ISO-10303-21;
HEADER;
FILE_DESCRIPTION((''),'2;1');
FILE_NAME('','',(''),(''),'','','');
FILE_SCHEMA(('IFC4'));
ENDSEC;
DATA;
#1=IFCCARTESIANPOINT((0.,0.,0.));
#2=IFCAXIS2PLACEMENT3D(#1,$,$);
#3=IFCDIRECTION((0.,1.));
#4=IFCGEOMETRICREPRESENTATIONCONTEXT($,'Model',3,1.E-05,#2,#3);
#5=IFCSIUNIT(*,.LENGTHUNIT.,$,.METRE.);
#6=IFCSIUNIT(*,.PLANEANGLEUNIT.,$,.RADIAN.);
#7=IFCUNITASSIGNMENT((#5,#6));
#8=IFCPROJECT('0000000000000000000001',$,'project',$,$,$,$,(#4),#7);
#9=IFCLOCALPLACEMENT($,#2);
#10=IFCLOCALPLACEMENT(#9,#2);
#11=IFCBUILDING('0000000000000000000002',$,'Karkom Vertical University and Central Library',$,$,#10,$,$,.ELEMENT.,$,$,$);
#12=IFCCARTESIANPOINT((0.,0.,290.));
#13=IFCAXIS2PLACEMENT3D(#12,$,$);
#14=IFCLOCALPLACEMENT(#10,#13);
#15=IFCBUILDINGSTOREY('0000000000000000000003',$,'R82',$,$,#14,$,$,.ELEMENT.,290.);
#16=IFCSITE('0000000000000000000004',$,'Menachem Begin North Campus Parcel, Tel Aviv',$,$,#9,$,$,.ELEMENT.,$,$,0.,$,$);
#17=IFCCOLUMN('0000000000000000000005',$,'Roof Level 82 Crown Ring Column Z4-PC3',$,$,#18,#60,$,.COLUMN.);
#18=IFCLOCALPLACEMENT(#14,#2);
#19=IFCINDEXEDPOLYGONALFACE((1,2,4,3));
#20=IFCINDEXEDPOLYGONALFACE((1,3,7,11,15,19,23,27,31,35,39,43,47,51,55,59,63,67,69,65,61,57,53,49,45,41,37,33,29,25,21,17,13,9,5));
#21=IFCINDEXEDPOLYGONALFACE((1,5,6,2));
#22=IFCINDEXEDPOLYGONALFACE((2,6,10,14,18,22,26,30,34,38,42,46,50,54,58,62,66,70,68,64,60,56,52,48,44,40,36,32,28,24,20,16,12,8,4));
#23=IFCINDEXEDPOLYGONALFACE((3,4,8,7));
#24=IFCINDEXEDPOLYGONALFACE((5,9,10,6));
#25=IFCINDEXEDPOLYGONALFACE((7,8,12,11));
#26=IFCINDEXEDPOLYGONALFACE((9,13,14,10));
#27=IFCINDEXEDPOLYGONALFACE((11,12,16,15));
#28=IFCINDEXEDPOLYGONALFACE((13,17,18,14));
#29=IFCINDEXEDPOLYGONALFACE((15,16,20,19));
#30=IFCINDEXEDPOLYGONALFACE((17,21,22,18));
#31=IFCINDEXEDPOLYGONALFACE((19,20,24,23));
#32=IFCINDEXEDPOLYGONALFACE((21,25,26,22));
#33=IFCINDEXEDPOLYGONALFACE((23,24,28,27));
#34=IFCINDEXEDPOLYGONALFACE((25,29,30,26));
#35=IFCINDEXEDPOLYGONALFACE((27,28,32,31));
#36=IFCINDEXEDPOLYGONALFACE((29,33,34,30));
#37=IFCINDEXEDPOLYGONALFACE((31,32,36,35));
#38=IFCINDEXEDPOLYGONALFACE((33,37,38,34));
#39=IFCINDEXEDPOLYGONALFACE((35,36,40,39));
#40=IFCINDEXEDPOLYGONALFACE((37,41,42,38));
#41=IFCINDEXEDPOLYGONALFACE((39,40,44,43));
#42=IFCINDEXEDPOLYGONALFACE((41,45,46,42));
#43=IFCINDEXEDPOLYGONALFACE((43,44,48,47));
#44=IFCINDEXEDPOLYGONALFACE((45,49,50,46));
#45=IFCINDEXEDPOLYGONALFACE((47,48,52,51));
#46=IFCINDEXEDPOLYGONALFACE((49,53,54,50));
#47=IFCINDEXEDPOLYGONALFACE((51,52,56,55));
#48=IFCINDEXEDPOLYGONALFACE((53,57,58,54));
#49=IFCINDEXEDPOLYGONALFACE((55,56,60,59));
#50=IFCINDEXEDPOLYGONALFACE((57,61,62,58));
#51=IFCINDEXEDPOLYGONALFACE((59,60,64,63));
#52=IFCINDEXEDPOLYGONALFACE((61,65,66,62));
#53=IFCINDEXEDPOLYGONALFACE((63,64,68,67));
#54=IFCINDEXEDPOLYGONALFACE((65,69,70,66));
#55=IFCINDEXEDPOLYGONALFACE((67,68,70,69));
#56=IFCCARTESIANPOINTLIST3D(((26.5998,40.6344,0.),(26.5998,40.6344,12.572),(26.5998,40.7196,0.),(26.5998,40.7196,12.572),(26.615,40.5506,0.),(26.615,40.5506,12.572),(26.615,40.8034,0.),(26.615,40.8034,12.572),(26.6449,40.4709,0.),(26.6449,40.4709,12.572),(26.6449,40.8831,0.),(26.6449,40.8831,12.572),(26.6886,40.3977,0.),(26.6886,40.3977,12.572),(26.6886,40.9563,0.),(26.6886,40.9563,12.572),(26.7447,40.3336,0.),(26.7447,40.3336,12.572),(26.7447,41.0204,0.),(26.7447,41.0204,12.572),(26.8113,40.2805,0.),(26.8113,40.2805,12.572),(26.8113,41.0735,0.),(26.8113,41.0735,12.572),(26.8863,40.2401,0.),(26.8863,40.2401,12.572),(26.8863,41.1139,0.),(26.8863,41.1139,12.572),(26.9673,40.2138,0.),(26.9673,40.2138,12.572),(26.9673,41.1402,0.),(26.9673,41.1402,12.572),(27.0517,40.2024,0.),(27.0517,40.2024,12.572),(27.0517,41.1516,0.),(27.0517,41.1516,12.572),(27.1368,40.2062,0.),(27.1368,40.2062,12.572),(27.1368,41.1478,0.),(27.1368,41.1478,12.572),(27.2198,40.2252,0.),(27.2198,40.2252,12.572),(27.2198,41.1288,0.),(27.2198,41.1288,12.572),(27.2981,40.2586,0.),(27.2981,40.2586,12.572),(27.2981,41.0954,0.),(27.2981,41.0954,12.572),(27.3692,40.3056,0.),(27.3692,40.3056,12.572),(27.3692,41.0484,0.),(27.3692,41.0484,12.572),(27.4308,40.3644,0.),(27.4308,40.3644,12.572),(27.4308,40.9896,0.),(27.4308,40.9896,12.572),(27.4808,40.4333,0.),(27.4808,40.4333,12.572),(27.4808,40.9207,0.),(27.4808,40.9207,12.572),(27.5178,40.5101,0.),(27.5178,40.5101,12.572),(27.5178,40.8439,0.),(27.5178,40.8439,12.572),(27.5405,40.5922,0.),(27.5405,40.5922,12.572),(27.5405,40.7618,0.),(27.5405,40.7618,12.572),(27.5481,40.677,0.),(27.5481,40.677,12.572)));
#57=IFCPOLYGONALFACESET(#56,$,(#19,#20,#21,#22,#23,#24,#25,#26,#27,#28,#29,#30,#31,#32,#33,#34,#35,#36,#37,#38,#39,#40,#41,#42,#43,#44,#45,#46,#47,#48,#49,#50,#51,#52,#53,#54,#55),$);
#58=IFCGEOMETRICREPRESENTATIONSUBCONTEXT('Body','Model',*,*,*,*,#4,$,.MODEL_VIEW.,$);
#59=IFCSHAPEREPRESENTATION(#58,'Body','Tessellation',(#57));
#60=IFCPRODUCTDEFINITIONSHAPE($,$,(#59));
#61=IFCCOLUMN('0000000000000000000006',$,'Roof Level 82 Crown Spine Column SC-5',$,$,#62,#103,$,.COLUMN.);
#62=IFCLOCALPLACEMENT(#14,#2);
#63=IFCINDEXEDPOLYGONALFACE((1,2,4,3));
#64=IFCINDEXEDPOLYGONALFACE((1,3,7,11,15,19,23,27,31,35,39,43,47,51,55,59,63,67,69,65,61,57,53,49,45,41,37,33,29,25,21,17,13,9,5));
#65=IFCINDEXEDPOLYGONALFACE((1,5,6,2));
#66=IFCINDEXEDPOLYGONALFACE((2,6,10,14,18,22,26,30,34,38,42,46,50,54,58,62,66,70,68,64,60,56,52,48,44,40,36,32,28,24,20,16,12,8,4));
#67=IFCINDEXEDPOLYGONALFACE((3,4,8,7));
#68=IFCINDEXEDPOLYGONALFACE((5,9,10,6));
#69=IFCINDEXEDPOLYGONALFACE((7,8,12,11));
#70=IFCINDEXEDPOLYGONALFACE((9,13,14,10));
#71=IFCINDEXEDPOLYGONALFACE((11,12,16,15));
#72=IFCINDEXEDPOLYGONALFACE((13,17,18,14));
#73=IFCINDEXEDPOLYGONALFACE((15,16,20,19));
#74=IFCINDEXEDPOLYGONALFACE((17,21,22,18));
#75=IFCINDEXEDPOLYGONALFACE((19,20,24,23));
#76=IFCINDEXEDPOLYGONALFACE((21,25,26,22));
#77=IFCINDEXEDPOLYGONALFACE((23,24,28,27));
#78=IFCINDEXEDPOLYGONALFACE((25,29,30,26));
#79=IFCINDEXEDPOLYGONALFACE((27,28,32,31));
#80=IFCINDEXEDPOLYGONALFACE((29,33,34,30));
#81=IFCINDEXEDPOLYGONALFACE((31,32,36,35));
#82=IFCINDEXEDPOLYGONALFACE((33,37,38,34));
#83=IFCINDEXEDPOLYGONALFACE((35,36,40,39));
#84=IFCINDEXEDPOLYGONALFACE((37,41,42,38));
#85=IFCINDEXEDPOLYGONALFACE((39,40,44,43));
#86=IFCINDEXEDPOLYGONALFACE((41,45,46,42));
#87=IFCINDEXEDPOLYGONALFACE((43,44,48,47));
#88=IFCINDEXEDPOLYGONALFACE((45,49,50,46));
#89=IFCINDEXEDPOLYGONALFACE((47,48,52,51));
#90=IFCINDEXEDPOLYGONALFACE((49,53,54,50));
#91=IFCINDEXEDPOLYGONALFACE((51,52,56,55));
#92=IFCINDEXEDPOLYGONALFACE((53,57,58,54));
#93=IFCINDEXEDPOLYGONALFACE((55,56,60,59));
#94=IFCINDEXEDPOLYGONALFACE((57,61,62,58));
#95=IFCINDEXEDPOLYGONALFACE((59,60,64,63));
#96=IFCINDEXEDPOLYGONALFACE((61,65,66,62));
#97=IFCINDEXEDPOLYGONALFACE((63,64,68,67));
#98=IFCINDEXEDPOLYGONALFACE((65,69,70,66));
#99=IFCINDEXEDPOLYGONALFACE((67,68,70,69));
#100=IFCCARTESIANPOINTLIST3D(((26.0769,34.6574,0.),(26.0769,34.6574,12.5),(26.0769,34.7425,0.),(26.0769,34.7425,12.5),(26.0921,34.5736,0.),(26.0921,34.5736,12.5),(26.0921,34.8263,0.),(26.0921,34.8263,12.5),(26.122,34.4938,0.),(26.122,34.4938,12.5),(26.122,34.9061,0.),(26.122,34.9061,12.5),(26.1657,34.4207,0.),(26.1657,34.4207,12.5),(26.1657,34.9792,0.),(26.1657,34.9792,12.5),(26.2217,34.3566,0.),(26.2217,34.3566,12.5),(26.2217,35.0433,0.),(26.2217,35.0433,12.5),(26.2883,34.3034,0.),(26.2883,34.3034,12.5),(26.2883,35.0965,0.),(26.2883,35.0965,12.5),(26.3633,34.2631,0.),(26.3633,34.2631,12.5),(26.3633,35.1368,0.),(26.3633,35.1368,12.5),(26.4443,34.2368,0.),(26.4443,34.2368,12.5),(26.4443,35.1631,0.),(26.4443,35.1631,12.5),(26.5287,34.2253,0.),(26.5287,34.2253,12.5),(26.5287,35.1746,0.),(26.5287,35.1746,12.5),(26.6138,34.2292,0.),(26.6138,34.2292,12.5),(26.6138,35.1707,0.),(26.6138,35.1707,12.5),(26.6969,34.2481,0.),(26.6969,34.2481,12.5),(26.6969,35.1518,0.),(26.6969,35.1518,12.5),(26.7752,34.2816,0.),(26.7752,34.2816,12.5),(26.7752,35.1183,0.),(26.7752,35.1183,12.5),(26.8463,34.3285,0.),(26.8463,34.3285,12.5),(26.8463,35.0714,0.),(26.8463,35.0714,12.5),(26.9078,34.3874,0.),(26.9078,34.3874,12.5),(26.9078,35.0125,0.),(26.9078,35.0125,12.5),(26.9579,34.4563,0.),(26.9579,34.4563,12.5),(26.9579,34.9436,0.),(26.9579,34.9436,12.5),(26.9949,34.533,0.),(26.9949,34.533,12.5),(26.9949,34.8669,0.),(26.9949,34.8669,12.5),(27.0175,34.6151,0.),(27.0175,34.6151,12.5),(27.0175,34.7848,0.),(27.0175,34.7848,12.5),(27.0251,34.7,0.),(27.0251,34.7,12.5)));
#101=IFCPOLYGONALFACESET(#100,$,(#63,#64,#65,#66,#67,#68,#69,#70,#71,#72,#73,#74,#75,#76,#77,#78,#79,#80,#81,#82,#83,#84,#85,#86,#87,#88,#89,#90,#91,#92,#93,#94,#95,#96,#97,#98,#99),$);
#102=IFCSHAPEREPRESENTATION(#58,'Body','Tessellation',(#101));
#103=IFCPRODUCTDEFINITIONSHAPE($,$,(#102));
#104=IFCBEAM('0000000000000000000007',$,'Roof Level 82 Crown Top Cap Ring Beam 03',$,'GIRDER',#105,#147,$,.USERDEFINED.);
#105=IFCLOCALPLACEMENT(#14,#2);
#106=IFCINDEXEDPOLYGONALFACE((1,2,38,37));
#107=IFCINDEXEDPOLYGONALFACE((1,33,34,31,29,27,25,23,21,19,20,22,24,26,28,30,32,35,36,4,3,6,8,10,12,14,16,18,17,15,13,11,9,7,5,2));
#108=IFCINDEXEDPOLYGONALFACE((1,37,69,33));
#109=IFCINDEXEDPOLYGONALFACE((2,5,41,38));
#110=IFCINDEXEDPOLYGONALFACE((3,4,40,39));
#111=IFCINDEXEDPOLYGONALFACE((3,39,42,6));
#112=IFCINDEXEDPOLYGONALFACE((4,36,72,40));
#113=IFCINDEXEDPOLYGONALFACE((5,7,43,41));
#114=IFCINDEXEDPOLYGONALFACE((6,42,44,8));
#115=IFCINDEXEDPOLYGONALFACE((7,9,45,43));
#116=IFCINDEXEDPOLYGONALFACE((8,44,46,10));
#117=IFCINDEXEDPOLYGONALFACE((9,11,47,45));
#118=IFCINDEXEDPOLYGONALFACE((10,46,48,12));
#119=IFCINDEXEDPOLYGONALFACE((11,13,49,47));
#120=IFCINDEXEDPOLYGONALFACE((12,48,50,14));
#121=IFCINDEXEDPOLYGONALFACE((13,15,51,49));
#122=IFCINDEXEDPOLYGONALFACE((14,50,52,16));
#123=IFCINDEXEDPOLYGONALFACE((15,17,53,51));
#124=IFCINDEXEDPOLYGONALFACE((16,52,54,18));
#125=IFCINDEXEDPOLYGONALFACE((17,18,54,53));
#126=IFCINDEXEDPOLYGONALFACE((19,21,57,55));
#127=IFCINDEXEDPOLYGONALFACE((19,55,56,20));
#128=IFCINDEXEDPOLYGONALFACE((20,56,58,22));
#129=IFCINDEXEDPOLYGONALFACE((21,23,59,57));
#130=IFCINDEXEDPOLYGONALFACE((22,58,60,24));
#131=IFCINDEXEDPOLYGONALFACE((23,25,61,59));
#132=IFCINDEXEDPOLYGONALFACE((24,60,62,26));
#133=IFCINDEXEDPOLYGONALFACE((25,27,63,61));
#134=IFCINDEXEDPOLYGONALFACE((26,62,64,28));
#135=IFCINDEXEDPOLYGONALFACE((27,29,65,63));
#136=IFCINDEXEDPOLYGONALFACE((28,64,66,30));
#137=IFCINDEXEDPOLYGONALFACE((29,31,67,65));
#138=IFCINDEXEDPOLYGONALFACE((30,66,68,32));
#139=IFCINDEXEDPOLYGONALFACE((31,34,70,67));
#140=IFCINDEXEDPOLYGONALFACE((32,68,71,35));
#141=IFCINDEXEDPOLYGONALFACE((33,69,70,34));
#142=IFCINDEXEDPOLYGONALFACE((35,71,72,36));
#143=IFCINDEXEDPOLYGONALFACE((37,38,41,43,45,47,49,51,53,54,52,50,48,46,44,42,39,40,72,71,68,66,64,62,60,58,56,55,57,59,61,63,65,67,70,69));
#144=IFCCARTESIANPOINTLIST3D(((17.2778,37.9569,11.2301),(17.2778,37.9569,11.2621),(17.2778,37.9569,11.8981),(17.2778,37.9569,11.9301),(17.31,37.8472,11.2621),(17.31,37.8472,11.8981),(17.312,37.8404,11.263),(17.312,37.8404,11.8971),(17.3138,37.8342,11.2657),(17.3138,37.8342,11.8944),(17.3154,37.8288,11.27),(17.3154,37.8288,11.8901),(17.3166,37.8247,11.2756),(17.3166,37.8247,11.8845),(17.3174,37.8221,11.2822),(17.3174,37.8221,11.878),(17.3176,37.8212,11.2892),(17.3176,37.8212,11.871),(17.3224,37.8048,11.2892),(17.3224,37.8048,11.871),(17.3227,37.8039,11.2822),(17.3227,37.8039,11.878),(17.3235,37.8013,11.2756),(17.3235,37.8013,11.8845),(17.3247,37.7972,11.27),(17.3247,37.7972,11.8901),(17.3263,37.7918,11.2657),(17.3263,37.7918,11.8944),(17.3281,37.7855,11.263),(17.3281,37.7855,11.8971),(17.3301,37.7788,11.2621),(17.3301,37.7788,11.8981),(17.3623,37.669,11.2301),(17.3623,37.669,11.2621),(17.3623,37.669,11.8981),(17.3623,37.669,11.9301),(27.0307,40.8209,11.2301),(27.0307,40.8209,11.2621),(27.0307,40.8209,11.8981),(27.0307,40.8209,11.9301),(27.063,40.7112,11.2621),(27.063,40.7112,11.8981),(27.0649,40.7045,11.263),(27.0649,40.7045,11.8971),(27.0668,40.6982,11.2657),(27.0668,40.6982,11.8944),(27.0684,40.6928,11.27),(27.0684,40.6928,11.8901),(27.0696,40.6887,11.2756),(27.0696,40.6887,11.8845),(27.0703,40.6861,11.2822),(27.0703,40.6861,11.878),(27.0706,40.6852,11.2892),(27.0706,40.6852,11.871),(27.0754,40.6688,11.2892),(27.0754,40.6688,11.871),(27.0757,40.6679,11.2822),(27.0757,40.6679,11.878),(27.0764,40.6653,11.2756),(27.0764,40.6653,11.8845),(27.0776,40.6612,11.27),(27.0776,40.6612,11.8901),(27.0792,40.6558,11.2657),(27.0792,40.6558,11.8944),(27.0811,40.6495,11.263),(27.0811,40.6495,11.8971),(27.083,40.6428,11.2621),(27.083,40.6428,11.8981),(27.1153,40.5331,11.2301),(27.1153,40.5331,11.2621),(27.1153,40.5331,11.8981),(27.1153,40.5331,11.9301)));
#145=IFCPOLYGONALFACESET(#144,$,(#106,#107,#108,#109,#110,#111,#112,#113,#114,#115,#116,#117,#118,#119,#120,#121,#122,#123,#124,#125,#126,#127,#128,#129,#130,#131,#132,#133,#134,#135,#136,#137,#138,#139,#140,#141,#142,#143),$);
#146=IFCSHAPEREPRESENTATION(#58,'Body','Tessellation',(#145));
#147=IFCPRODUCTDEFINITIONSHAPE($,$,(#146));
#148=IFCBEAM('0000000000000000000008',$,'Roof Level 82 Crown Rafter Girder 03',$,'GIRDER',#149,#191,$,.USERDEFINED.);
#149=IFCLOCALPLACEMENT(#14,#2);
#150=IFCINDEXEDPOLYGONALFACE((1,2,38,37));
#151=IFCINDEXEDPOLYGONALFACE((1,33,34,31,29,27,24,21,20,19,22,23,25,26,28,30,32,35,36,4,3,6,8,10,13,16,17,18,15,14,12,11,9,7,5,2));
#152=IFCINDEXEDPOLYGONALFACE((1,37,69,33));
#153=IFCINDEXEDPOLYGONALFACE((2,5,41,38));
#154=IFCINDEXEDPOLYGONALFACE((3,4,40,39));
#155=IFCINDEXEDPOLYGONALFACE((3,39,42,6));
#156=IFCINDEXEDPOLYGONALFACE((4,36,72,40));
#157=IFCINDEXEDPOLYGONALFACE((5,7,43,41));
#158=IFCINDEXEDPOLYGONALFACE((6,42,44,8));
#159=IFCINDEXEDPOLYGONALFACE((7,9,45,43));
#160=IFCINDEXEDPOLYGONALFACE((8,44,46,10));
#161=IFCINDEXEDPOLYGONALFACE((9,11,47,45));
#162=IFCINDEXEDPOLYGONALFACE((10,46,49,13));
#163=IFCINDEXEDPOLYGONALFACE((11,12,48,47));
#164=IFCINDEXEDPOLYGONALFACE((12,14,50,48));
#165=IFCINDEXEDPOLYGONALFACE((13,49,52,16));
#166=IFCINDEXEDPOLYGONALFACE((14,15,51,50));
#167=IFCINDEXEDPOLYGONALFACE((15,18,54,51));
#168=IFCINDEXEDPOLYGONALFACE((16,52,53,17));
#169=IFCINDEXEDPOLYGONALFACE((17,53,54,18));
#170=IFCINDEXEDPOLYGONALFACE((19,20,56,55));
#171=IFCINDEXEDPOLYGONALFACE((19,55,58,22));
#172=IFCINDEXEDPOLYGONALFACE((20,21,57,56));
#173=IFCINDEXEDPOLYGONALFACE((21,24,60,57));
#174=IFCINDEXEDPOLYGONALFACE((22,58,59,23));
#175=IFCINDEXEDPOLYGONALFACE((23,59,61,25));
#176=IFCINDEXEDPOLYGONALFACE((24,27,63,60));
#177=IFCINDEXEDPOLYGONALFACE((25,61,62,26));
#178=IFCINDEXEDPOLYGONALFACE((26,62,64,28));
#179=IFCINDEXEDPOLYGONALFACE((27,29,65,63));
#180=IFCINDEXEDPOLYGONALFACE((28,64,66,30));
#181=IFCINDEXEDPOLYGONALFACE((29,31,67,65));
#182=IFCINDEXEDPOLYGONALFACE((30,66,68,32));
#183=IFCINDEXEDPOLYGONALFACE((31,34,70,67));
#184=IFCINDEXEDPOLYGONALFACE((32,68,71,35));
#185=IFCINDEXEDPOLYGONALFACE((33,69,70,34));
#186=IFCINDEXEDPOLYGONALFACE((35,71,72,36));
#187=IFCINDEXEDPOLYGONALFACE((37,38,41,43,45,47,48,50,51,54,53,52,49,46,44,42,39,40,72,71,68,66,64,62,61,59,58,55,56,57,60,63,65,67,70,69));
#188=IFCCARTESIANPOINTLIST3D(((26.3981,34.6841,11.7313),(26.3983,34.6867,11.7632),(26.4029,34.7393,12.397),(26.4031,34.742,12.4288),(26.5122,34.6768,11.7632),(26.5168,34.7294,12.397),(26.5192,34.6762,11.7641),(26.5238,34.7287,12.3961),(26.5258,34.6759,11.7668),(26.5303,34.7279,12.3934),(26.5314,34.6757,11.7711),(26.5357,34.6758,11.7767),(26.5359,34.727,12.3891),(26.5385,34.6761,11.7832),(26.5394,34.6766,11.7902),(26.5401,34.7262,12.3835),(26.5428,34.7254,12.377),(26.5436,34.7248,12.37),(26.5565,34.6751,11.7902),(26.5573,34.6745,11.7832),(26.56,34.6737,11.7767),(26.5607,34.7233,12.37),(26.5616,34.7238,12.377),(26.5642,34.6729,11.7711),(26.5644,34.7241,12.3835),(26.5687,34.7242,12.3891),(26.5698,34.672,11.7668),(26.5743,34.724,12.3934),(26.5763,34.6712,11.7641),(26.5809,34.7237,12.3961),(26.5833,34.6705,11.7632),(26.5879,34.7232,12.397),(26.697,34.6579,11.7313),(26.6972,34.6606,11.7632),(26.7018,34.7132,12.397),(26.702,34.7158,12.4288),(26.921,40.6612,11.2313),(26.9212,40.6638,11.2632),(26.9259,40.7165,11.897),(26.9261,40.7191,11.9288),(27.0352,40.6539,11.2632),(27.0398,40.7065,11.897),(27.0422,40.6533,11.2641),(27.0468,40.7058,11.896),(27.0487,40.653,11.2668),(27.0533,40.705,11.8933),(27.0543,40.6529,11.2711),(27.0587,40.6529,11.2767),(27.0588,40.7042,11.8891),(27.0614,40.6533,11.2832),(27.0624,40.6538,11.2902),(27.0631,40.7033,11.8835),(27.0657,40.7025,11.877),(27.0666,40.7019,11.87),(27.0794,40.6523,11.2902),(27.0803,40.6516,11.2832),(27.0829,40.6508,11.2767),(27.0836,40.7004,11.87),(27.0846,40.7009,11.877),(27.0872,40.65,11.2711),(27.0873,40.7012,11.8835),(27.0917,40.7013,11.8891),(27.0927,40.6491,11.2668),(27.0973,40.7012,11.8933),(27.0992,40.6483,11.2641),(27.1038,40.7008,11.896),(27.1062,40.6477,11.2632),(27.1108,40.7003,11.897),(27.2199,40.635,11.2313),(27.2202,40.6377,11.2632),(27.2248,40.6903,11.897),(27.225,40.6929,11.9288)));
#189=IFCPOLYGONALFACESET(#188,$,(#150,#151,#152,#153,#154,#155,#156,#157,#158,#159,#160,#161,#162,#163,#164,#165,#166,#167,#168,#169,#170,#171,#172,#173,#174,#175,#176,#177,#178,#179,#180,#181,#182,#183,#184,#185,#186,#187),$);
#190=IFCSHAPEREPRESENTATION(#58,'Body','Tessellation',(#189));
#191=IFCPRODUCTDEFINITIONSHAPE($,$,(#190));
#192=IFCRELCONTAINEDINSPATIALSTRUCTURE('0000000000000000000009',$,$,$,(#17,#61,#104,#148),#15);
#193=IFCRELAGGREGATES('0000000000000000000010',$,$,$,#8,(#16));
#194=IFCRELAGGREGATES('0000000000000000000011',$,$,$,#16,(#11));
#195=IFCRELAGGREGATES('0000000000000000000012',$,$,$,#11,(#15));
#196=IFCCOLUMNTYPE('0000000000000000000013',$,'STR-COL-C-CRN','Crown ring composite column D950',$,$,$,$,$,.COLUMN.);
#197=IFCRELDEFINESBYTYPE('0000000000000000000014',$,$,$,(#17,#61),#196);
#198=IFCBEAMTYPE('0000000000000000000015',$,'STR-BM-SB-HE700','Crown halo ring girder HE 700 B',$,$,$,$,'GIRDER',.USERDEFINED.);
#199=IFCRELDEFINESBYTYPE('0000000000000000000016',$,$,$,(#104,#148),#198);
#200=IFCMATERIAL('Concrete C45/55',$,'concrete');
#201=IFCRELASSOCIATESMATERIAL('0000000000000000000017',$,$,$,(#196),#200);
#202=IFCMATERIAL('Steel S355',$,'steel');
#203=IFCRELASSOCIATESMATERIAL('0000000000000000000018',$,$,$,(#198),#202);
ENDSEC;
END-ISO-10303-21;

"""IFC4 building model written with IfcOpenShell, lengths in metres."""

from ifc_helpers import new_model, si_unit, direction, frame, origin, origin_with_axes, origin_2d, place, context, subcontext, project, spatial, circle, i_section, extrude, source, transform, mapped, material, material_profile, profile_set, type_object, element, save


model = new_model("IFC4")

# Units and contexts
model_context = context("Model", 3, precision=1e-05, world=origin(), true_north=direction((0.0, 1.0)))
body_context = subcontext(model_context, "Body", "Model", "MODEL_VIEW")
ifc_project = project(units=[si_unit("LENGTHUNIT", "METRE"), si_unit("PLANEANGLEUNIT", "RADIAN")], contexts=[model_context])

# Site, building, storey
site_placement = place(None, origin())
site = spatial("IfcSite", under=ifc_project, at=site_placement, Name="Menachem Begin North Campus Parcel, Tel Aviv", CompositionType="ELEMENT", RefElevation=0.0)
building_placement = place(site_placement, origin())
building = spatial("IfcBuilding", under=site, at=building_placement, Name="Karkom Vertical University and Central Library", CompositionType="ELEMENT")
storey_placement = place(building_placement, frame((0.0, 0.0, 290.0)))
storey = spatial("IfcBuildingStorey", under=building, at=storey_placement, Name="R82", CompositionType="ELEMENT", Elevation=290.0)

# Columns
ifc_material_1 = material(Name="Concrete C45/55", Category="concrete")
ifc_material_profile_1 = material_profile(ifc_material_1, circle(Radius=0.4751, at=origin_2d()), Name="CFT-D950")
ifc_profile_set_1 = profile_set([ifc_material_profile_1], Name="Concrete C45/55")
column_type = type_object("IfcColumnType", Name="STR-COL-C-CRN", Description="Crown ring composite column D950", PredefinedType="COLUMN", material=ifc_profile_set_1)
shared_shape_1 = source(origin_with_axes(), body_context, "Body", "SweptSolid", [
    extrude(circle(Radius=0.4751, at=origin_2d()), origin(), (0.0, 0.0, 1.0), 12.572),
])
column_1_placement = place(storey_placement, frame((27.073, 40.677, 0.0), z_axis=(0.0, 0.0, 1.0), x_axis=(1.0, 0.0, 0.0)))
element("IfcColumn", 1, at=column_1_placement, inside=storey, type_object=column_type, Name="Roof Level 82 Crown Ring Column Z4-PC3", PredefinedType="COLUMN", context=body_context, shape_type="MappedRepresentation", body=[
    mapped(shared_shape_1, transform((0.0, 0.0, 0.0), scale=1.0)),
])
shared_shape_2 = source(origin_with_axes(), body_context, "Body", "SweptSolid", [
    extrude(circle(Radius=0.4751, at=origin_2d()), origin(), (0.0, 0.0, 1.0), 12.5),
])
column_2_placement = place(storey_placement, frame((26.55, 34.7, 0.0), z_axis=(0.0, 0.0, 1.0), x_axis=(1.0, 0.0, 0.0)))
element("IfcColumn", 2, at=column_2_placement, inside=storey, type_object=column_type, Name="Roof Level 82 Crown Spine Column SC-5", PredefinedType="COLUMN", context=body_context, shape_type="MappedRepresentation", body=[
    mapped(shared_shape_2, transform((0.0, 0.0, 0.0), scale=1.0)),
])

# Beams
ifc_material_2 = material(Name="Steel S355", Category="steel")
ifc_material_profile_2 = material_profile(ifc_material_2, i_section(OverallWidth=0.3, OverallDepth=0.7, WebThickness=0.0171, FlangeThickness=0.032, FilletRadius=0.0271, at=origin_2d()), Name="HE 700 B")
ifc_profile_set_2 = profile_set([ifc_material_profile_2], Name="Steel S355")
beam_type = type_object("IfcBeamType", Name="STR-BM-SB-HE700", Description="Crown halo ring girder HE 700 B", ElementType="GIRDER", PredefinedType="USERDEFINED", material=ifc_profile_set_2)
shared_shape_3 = source(origin_with_axes(), body_context, "Body", "SweptSolid", [
    extrude(i_section(OverallWidth=0.3, OverallDepth=0.7, WebThickness=0.0171, FlangeThickness=0.032, FilletRadius=0.0271, at=origin_2d()), origin(), (0.0, 0.0, 1.0), 10.1648),
])
beam_1_placement = place(storey_placement, frame((27.073, 40.677, 11.5801), z_axis=(-0.959485, -0.281759, 0.0), x_axis=(0.281759, -0.959485, 0.0)))
element("IfcBeam", 3, at=beam_1_placement, inside=storey, type_object=beam_type, Name="Roof Level 82 Crown Top Cap Ring Beam 03", ObjectType="GIRDER", PredefinedType="USERDEFINED", context=body_context, shape_type="MappedRepresentation", body=[
    mapped(shared_shape_3, transform((0.0, 0.0, 0.0), scale=1.0)),
])
shared_shape_4 = source(origin_with_axes(), body_context, "Body", "SweptSolid", [
    extrude(i_section(OverallWidth=0.3, OverallDepth=0.7, WebThickness=0.0171, FlangeThickness=0.032, FilletRadius=0.0271, at=origin_2d()), origin(), (0.0, 0.0, 1.0), 6.0208),
])
beam_2_placement = place(storey_placement, frame((26.55, 34.7, 12.0801), z_axis=(0.086859, 0.992753, -0.083047), x_axis=(-0.996194, 0.08716, 0.0)))
element("IfcBeam", 4, at=beam_2_placement, inside=storey, type_object=beam_type, Name="Roof Level 82 Crown Rafter Girder 03", ObjectType="GIRDER", PredefinedType="USERDEFINED", context=body_context, shape_type="MappedRepresentation", body=[
    mapped(shared_shape_4, transform((0.0, 0.0, 0.0), scale=1.0)),
])

save(model, "model.ifc")
